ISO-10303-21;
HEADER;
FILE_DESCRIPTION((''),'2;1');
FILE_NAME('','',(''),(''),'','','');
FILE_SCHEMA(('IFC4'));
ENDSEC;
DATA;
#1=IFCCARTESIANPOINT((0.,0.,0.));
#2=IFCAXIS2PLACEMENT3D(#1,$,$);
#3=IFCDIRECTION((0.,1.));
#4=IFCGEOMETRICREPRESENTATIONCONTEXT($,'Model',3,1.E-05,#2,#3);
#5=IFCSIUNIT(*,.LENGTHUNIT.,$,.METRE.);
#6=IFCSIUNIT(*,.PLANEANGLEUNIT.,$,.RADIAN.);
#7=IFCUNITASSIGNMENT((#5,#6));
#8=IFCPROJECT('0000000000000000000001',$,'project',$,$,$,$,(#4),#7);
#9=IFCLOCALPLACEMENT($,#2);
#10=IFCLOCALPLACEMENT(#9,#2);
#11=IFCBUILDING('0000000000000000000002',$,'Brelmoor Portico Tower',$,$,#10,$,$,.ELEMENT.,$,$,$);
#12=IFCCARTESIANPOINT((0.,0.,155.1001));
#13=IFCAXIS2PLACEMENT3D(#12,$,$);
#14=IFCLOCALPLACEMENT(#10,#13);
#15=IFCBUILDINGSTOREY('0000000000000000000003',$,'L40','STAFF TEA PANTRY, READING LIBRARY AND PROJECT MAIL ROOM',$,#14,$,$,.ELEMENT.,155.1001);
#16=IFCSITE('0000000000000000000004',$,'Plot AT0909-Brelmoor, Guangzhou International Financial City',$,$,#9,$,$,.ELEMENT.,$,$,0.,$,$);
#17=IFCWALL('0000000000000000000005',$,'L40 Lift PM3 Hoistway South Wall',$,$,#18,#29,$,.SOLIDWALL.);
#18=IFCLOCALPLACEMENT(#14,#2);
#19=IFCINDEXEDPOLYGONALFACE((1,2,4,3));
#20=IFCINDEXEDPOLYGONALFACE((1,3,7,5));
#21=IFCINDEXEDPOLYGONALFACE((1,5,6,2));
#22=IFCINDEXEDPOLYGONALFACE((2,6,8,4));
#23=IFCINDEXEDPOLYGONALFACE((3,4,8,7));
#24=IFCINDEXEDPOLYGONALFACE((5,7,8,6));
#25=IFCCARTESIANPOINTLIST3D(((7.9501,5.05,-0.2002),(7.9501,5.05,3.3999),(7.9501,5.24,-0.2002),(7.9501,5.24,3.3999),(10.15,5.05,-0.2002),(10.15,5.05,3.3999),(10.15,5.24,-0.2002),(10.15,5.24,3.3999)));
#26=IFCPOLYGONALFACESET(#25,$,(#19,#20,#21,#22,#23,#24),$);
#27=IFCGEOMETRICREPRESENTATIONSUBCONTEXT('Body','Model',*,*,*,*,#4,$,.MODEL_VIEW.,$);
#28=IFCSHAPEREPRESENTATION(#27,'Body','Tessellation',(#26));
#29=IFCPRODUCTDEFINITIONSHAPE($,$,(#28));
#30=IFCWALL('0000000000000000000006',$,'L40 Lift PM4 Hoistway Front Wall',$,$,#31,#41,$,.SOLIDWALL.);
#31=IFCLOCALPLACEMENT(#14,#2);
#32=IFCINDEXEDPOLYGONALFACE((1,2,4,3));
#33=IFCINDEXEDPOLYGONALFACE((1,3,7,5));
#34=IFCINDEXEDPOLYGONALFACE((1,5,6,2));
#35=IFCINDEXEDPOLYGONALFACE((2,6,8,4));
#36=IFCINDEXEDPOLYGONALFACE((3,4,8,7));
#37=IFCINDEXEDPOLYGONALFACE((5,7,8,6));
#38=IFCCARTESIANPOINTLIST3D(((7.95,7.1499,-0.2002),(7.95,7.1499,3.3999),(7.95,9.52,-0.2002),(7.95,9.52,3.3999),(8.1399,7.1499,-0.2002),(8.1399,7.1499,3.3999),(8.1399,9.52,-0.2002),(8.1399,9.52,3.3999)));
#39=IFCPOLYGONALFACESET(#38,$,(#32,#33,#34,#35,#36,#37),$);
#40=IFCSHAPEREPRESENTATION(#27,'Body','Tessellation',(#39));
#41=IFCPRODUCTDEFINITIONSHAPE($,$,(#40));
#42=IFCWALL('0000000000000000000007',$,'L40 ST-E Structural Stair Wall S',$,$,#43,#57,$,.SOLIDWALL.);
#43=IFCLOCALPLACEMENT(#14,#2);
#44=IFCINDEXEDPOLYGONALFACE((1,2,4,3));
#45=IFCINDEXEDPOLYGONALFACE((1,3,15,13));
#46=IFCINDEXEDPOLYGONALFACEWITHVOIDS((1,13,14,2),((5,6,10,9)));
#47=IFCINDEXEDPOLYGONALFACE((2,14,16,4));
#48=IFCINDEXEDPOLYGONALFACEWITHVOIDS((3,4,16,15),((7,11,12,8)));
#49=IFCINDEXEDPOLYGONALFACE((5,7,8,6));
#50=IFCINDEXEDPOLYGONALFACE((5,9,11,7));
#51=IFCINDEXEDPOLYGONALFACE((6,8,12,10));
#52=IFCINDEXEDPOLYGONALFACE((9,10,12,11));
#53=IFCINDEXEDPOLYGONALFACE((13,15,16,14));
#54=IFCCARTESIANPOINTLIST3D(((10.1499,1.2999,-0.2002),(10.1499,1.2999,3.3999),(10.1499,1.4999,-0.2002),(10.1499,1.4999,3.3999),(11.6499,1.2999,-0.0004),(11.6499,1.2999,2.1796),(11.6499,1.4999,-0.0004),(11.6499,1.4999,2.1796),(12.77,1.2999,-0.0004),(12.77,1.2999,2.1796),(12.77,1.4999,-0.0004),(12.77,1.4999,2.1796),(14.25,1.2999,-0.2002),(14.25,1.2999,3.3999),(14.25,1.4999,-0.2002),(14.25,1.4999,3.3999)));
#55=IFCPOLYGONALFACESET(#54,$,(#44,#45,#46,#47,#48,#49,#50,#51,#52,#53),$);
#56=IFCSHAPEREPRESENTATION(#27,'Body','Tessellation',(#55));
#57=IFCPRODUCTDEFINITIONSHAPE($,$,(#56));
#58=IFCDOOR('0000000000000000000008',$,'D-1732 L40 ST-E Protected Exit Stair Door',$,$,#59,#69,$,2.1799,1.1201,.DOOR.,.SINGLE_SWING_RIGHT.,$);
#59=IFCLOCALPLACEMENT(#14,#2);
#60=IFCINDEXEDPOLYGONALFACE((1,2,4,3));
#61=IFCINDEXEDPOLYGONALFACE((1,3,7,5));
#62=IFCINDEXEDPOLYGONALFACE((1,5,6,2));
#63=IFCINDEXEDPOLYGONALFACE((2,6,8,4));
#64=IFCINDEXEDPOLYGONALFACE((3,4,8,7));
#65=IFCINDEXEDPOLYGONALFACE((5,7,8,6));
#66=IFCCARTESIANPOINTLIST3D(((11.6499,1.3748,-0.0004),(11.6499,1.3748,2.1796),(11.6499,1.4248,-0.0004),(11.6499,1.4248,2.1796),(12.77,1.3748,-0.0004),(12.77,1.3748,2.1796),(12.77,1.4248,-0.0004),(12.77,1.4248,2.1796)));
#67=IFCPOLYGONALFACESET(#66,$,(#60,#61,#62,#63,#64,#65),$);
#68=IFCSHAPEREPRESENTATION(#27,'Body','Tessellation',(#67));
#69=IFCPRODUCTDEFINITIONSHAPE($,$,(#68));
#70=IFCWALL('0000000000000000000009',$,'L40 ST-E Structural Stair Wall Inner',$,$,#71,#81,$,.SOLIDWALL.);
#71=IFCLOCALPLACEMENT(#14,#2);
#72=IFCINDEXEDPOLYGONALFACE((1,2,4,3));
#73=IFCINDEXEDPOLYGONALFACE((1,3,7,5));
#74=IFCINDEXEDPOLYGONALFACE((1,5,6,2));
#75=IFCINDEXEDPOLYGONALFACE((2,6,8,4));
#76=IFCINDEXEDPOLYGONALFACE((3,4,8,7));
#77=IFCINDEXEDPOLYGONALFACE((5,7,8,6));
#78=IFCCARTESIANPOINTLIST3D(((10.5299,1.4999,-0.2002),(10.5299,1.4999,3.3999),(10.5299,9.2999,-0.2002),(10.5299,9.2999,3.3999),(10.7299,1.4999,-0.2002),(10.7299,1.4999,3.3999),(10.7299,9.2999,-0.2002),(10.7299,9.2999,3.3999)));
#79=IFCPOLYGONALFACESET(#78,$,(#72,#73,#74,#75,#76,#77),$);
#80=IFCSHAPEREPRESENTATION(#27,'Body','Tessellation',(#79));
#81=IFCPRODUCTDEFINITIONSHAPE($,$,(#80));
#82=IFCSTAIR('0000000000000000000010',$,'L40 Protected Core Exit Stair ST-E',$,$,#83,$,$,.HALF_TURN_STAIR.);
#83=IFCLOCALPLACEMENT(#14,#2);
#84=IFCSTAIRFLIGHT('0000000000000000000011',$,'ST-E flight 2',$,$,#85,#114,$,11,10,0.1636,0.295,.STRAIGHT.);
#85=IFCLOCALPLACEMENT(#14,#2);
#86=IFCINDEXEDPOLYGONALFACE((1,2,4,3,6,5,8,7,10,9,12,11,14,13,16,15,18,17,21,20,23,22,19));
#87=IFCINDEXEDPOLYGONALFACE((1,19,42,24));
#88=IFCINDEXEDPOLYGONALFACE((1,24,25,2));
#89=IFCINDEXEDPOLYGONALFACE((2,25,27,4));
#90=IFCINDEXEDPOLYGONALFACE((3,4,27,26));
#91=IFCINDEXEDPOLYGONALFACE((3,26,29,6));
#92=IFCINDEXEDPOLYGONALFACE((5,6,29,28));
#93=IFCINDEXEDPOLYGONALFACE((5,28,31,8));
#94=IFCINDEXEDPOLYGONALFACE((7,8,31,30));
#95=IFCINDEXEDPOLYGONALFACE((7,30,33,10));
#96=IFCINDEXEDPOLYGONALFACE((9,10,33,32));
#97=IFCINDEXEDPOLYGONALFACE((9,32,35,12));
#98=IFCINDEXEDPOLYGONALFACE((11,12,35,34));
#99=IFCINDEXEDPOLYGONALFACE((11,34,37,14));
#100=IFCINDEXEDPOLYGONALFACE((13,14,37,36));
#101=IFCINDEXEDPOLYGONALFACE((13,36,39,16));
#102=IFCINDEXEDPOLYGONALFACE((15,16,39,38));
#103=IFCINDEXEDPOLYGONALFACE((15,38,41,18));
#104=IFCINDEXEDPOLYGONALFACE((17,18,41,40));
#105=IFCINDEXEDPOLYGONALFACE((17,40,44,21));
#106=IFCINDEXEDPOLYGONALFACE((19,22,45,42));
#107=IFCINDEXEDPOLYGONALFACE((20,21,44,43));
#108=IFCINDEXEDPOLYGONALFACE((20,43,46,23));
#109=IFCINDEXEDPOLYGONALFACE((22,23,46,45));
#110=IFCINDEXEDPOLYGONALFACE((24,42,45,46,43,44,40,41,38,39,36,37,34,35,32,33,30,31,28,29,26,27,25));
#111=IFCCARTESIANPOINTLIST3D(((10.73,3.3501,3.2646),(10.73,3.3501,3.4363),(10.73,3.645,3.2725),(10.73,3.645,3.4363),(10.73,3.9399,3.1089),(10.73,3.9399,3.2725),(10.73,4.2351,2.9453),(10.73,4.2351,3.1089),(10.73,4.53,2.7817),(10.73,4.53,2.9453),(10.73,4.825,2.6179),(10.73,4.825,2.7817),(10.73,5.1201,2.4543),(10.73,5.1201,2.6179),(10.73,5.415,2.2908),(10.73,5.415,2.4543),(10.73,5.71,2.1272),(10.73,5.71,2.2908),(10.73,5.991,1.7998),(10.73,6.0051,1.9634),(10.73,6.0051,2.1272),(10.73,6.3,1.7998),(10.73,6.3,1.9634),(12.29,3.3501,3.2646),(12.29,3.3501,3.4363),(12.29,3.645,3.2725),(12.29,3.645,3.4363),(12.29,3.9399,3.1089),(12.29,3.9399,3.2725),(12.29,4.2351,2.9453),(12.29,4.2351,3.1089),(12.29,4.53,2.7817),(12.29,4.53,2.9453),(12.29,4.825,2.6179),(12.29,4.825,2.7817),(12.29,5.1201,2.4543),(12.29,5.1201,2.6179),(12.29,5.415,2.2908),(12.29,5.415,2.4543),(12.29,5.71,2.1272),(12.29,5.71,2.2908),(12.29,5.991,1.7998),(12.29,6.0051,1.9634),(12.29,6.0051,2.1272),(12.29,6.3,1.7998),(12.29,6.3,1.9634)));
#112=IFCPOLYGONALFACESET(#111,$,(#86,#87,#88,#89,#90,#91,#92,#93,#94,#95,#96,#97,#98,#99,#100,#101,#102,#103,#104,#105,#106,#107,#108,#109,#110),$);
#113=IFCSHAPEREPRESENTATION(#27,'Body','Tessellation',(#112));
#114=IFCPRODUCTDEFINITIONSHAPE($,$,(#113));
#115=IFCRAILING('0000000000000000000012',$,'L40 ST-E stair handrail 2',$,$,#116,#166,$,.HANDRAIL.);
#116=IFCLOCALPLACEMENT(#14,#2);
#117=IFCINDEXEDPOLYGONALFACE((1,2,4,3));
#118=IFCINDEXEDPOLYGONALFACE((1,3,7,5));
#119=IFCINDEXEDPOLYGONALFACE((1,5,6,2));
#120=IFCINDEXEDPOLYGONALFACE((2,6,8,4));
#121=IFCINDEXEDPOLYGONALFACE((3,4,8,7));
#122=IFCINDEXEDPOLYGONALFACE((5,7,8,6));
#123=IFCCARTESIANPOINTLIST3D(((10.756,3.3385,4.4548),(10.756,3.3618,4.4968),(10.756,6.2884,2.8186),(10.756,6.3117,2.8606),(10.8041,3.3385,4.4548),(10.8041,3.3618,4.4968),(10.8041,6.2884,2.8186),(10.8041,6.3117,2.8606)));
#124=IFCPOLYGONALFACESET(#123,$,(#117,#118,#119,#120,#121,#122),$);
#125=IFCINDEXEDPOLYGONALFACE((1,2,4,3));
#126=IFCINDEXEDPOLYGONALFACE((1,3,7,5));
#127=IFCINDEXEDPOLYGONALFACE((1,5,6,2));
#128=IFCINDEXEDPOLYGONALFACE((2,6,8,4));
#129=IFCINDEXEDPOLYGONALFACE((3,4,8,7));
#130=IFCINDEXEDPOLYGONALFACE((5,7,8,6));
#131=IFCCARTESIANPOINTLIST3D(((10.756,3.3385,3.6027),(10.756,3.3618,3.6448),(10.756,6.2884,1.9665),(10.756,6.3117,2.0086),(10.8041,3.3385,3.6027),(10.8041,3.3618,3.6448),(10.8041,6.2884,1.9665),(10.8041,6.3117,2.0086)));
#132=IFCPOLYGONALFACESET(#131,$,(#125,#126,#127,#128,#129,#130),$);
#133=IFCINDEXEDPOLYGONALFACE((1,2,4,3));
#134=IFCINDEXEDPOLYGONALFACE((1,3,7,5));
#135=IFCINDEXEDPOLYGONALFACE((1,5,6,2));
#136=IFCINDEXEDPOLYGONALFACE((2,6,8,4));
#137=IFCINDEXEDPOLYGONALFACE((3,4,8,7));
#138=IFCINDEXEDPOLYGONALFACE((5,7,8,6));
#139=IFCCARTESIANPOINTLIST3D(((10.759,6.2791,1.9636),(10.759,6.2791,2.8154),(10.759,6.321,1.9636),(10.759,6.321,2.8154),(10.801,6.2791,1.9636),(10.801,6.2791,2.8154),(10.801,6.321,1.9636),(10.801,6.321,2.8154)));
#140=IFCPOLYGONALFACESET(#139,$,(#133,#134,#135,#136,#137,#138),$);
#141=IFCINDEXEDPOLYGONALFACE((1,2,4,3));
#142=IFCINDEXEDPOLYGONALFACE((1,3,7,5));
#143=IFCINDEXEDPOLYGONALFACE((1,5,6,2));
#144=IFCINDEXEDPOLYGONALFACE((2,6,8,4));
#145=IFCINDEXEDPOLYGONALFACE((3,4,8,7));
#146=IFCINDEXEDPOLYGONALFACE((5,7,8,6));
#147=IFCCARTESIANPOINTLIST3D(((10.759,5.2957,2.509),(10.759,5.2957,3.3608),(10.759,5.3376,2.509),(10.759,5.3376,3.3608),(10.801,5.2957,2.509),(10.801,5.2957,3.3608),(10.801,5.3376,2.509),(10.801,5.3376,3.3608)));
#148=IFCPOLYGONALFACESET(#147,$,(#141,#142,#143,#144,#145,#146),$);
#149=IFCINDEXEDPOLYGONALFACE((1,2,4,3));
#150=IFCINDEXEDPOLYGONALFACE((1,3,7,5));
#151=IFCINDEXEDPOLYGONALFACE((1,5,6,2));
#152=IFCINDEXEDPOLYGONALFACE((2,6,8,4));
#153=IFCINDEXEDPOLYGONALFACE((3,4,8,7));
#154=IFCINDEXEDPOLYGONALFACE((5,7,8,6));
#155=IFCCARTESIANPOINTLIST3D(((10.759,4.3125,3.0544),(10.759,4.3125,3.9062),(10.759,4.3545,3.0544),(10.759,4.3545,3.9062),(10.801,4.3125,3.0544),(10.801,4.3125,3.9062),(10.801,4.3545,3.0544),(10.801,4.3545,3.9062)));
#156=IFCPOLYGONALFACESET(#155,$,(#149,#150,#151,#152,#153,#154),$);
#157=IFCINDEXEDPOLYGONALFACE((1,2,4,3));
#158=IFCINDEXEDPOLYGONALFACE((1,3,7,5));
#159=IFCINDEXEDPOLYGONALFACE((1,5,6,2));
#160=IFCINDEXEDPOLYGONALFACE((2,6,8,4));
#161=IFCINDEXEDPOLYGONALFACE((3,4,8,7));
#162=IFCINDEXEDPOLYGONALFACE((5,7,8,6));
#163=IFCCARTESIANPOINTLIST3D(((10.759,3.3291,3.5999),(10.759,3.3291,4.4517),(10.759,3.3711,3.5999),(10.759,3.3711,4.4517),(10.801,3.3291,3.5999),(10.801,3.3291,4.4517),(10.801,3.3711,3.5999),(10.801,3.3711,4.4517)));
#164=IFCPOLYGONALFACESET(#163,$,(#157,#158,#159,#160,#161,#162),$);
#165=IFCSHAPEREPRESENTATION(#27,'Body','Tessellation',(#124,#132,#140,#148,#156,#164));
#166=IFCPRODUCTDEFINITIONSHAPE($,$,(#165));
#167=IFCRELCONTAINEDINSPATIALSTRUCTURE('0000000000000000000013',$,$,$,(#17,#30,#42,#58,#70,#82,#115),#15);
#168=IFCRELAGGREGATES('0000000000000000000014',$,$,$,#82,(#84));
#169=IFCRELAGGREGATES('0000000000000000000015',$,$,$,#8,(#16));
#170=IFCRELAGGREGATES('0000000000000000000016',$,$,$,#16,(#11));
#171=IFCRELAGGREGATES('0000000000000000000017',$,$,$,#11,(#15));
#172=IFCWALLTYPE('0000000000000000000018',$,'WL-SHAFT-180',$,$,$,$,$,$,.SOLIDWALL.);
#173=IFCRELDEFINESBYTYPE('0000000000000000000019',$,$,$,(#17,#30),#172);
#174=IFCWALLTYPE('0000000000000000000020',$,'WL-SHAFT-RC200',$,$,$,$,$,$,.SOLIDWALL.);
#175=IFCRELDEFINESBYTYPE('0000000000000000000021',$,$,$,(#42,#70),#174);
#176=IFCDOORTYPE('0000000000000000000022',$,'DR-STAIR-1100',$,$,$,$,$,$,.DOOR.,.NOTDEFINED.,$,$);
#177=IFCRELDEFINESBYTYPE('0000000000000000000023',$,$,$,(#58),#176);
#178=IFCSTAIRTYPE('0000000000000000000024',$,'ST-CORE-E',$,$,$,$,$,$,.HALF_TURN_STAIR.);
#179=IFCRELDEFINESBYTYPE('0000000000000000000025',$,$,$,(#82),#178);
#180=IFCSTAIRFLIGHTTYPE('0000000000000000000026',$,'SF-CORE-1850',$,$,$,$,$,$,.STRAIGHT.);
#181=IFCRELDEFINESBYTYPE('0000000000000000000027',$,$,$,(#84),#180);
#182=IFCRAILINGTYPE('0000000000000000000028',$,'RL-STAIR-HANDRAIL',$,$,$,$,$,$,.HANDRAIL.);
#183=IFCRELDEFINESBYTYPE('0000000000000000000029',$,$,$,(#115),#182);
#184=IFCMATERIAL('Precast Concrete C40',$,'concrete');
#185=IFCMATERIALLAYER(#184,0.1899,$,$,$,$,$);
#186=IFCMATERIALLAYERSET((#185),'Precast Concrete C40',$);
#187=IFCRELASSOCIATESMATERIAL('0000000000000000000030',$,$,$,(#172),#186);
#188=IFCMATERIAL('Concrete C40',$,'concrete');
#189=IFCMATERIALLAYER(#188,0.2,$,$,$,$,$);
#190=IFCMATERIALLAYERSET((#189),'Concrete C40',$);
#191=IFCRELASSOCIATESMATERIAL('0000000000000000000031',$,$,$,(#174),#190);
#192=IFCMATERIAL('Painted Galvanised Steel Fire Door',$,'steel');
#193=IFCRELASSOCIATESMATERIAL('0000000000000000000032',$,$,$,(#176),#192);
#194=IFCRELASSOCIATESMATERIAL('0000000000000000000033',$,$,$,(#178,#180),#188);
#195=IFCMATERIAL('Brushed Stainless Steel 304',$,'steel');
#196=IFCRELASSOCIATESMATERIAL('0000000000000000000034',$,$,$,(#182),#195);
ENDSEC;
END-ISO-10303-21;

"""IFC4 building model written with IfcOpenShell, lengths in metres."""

from ifc_helpers import new_model, si_unit, direction, frame, frame_2d, origin, origin_2d, place, context, subcontext, project, spatial, polyline, rectangle, outline, extrude, material, layer, layer_set, type_object, element, fill, aggregate, save


model = new_model("IFC4")

# Units and contexts
model_context = context("Model", 3, precision=1e-05, world=origin(), true_north=direction((0.0, 1.0)))
body_context = subcontext(model_context, "Body", "Model", "MODEL_VIEW")
ifc_project = project(units=[si_unit("LENGTHUNIT", "METRE"), si_unit("PLANEANGLEUNIT", "RADIAN")], contexts=[model_context])

# Site, building, storey
site_placement = place(None, origin())
site = spatial("IfcSite", under=ifc_project, at=site_placement, Name="Plot AT0909-Brelmoor, Guangzhou International Financial City", CompositionType="ELEMENT", RefElevation=0.0)
building_placement = place(site_placement, origin())
building = spatial("IfcBuilding", under=site, at=building_placement, Name="Brelmoor Portico Tower", CompositionType="ELEMENT")
storey_placement = place(building_placement, frame((0.0, 0.0, 155.1001)))
storey = spatial("IfcBuildingStorey", under=building, at=storey_placement, Name="L40", Description="STAFF TEA PANTRY, READING LIBRARY AND PROJECT MAIL ROOM", CompositionType="ELEMENT", Elevation=155.1001)

# Walls
ifc_material_1 = material(Name="Precast Concrete C40", Category="concrete")
ifc_layer_1 = layer(ifc_material_1, 0.1899)
ifc_layer_set_1 = layer_set([ifc_layer_1], Name="Precast Concrete C40")
wall_type_1 = type_object("IfcWallType", Name="WL-SHAFT-180", PredefinedType="SOLIDWALL", material=ifc_layer_set_1)
for number, where, z_axis, x_axis, name in (
    (1, (7.95, 5.145, -0.2002), (0.0, 0.0, 1.0), (1.0, 0.0, 0.0), "L40 Lift PM3 Hoistway South Wall"),
):
    element("IfcWall", number, at=place(storey_placement, frame(where, z_axis=z_axis, x_axis=x_axis)), inside=storey, type_object=wall_type_1, Name=name, PredefinedType="SOLIDWALL", context=body_context, shape_type="SweptSolid", body=[
        extrude(rectangle(XDim=2.2, YDim=0.1899, at=frame_2d((1.1001, 0.0))), origin(), (0.0, 0.0, 1.0), 3.6001),
    ])
wall_1_placement = place(storey_placement, frame((8.0449, 7.1499, -0.2002), z_axis=(0.0, 0.0, 1.0), x_axis=(0.0, 1.0, 0.0)))
element("IfcWall", 2, at=wall_1_placement, inside=storey, type_object=wall_type_1, Name="L40 Lift PM4 Hoistway Front Wall", PredefinedType="SOLIDWALL", context=body_context, shape_type="SweptSolid", body=[
    extrude(rectangle(XDim=2.3701, YDim=0.1899, at=frame_2d((1.1851, 0.0))), origin(), (0.0, 0.0, 1.0), 3.6001),
])

# Wall, opening, door
ifc_material_2 = material(Name="Concrete C40", Category="concrete")
ifc_layer_2 = layer(ifc_material_2, 0.2)
ifc_layer_set_2 = layer_set([ifc_layer_2], Name="Concrete C40")
wall_type_2 = type_object("IfcWallType", Name="WL-SHAFT-RC200", PredefinedType="SOLIDWALL", material=ifc_layer_set_2)
wall_2_placement = place(storey_placement, frame((10.1499, 1.3999, -0.2002), z_axis=(0.0, 0.0, 1.0), x_axis=(1.0, 0.0, 0.0)))
wall_2 = element("IfcWall", 3, at=wall_2_placement, inside=storey, type_object=wall_type_2, Name="L40 ST-E Structural Stair Wall S", PredefinedType="SOLIDWALL", context=body_context, shape_type="SweptSolid", body=[
    extrude(rectangle(XDim=4.1001, YDim=0.2, at=frame_2d((2.05, 0.0))), origin(), (0.0, 0.0, 1.0), 3.6001),
])
opening_placement = place(wall_2_placement, frame((1.5, 0.0, 0.2)))
opening = element("IfcOpeningElement", 4, at=opening_placement, cuts=wall_2, PredefinedType="OPENING", context=body_context, shape_type="SweptSolid", body=[
    extrude(rectangle(XDim=1.1201, YDim=2.1799, at=frame_2d((0.5601, 1.0898))), frame((0.0, 0.1099, 0.0), z_axis=(0.0, -1.0, 0.0), x_axis=(1.0, 0.0, 0.0)), (0.0, 0.0, 1.0), 0.22),
])
ifc_material_3 = material(Name="Painted Galvanised Steel Fire Door", Category="steel")
door_type = type_object("IfcDoorType", Name="DR-STAIR-1100", OperationType="NOTDEFINED", PredefinedType="DOOR", material=ifc_material_3)
door_placement = place(opening_placement, origin())
door = element("IfcDoor", 5, at=door_placement, inside=storey, type_object=door_type, Name="D-1732 L40 ST-E Protected Exit Stair Door", OperationType="SINGLE_SWING_RIGHT", OverallHeight=2.1799, OverallWidth=1.1201, PredefinedType="DOOR", context=body_context, shape_type="SweptSolid", body=[
    extrude(rectangle(XDim=1.1201, YDim=2.1799, at=frame_2d((0.5601, 1.0898))), frame((0.0, 0.0249, 0.0), z_axis=(0.0, -1.0, 0.0), x_axis=(1.0, 0.0, 0.0)), (0.0, 0.0, 1.0), 0.05),
])
fill(opening, door)

# Wall
wall_3_placement = place(storey_placement, frame((10.6299, 1.5, -0.2002), z_axis=(0.0, 0.0, 1.0), x_axis=(0.0, 1.0, 0.0)))
element("IfcWall", 6, at=wall_3_placement, inside=storey, type_object=wall_type_2, Name="L40 ST-E Structural Stair Wall Inner", PredefinedType="SOLIDWALL", context=body_context, shape_type="SweptSolid", body=[
    extrude(rectangle(XDim=7.8, YDim=0.2, at=frame_2d((3.8999, 0.0))), origin(), (0.0, 0.0, 1.0), 3.6001),
])

# Stair, stair flight
stair_type = type_object("IfcStairType", Name="ST-CORE-E", PredefinedType="HALF_TURN_STAIR", material=ifc_material_2)
stair_placement = place(storey_placement, origin())
stair = element("IfcStair", 7, at=stair_placement, inside=storey, type_object=stair_type, Name="L40 Protected Core Exit Stair ST-E", PredefinedType="HALF_TURN_STAIR")
stair_flight_type = type_object("IfcStairFlightType", Name="SF-CORE-1850", PredefinedType="STRAIGHT", material=ifc_material_2)
stair_flight_placement = place(storey_placement, frame((11.51, 6.3, 1.7998), z_axis=(0.0, 0.0, 1.0), x_axis=(0.0, -1.0, 0.0)))
stair_flight = element("IfcStairFlight", 8, at=stair_flight_placement, type_object=stair_flight_type, Name="ST-E flight 2", NumberOfRisers=11, NumberOfTreads=10, PredefinedType="STRAIGHT", RiserHeight=0.1636, TreadLength=0.295, context=body_context, shape_type="SweptSolid", body=[
    extrude(outline(polyline([(0.0, 0.0), (0.0, 0.1636), (0.2949, 0.1636), (0.2949, 0.3274), (0.5901, 0.3274), (0.5901, 0.491), (0.885, 0.491), (0.885, 0.6545), (1.1799, 0.6545), (1.1799, 0.8181), (1.4751, 0.8181), (1.4751, 0.9819), (1.77, 0.9819), (1.77, 1.1455), (2.0649, 1.1455), (2.0649, 1.3091), (2.3601, 1.3091), (2.3601, 1.4727), (2.655, 1.4727), (2.655, 1.6365), (2.95, 1.6365), (2.95, 1.8), (2.95, 1.4648), (0.3091, 0.0), (0.0, 0.0)])), frame((0.0, 0.78, 0.0), z_axis=(0.0, -1.0, 0.0), x_axis=(1.0, 0.0, 0.0)), (0.0, 0.0, 1.0), 1.5601),
])
aggregate(stair, [stair_flight])

# Railing
ifc_material_4 = material(Name="Brushed Stainless Steel 304", Category="steel")
railing_type = type_object("IfcRailingType", Name="RL-STAIR-HANDRAIL", PredefinedType="HANDRAIL", material=ifc_material_4)
railing_placement = place(storey_placement, frame((10.78, 6.3, 1.9636)))
element("IfcRailing", 9, at=railing_placement, inside=storey, type_object=railing_type, Name="L40 ST-E stair handrail 2", PredefinedType="HANDRAIL", context=body_context, shape_type="SweptSolid", body=[
    extrude(rectangle(XDim=0.0481, YDim=0.0481, at=origin_2d()), frame((0.0, 0.0, 0.876), z_axis=(0.0, -0.874488, 0.485047), x_axis=(1.0, 0.0, 0.0)), (0.0, 0.0, 1.0), 3.3733),
    extrude(rectangle(XDim=0.0481, YDim=0.0481, at=origin_2d()), frame((0.0, 0.0, 0.0239), z_axis=(0.0, -0.874488, 0.485047), x_axis=(1.0, 0.0, 0.0)), (0.0, 0.0, 1.0), 3.3733),
    extrude(rectangle(XDim=0.042, YDim=0.042, at=origin_2d()), origin(), (0.0, 0.0, 1.0), 0.8518),
    extrude(rectangle(XDim=0.042, YDim=0.042, at=origin_2d()), frame((0.0, -0.9834, 0.5454)), (0.0, 0.0, 1.0), 0.8518),
    extrude(rectangle(XDim=0.042, YDim=0.042, at=origin_2d()), frame((0.0, -1.9666, 1.0908)), (0.0, 0.0, 1.0), 0.8518),
    extrude(rectangle(XDim=0.042, YDim=0.042, at=origin_2d()), frame((0.0, -2.95, 1.6362)), (0.0, 0.0, 1.0), 0.8518),
])

save(model, "model.ifc")
